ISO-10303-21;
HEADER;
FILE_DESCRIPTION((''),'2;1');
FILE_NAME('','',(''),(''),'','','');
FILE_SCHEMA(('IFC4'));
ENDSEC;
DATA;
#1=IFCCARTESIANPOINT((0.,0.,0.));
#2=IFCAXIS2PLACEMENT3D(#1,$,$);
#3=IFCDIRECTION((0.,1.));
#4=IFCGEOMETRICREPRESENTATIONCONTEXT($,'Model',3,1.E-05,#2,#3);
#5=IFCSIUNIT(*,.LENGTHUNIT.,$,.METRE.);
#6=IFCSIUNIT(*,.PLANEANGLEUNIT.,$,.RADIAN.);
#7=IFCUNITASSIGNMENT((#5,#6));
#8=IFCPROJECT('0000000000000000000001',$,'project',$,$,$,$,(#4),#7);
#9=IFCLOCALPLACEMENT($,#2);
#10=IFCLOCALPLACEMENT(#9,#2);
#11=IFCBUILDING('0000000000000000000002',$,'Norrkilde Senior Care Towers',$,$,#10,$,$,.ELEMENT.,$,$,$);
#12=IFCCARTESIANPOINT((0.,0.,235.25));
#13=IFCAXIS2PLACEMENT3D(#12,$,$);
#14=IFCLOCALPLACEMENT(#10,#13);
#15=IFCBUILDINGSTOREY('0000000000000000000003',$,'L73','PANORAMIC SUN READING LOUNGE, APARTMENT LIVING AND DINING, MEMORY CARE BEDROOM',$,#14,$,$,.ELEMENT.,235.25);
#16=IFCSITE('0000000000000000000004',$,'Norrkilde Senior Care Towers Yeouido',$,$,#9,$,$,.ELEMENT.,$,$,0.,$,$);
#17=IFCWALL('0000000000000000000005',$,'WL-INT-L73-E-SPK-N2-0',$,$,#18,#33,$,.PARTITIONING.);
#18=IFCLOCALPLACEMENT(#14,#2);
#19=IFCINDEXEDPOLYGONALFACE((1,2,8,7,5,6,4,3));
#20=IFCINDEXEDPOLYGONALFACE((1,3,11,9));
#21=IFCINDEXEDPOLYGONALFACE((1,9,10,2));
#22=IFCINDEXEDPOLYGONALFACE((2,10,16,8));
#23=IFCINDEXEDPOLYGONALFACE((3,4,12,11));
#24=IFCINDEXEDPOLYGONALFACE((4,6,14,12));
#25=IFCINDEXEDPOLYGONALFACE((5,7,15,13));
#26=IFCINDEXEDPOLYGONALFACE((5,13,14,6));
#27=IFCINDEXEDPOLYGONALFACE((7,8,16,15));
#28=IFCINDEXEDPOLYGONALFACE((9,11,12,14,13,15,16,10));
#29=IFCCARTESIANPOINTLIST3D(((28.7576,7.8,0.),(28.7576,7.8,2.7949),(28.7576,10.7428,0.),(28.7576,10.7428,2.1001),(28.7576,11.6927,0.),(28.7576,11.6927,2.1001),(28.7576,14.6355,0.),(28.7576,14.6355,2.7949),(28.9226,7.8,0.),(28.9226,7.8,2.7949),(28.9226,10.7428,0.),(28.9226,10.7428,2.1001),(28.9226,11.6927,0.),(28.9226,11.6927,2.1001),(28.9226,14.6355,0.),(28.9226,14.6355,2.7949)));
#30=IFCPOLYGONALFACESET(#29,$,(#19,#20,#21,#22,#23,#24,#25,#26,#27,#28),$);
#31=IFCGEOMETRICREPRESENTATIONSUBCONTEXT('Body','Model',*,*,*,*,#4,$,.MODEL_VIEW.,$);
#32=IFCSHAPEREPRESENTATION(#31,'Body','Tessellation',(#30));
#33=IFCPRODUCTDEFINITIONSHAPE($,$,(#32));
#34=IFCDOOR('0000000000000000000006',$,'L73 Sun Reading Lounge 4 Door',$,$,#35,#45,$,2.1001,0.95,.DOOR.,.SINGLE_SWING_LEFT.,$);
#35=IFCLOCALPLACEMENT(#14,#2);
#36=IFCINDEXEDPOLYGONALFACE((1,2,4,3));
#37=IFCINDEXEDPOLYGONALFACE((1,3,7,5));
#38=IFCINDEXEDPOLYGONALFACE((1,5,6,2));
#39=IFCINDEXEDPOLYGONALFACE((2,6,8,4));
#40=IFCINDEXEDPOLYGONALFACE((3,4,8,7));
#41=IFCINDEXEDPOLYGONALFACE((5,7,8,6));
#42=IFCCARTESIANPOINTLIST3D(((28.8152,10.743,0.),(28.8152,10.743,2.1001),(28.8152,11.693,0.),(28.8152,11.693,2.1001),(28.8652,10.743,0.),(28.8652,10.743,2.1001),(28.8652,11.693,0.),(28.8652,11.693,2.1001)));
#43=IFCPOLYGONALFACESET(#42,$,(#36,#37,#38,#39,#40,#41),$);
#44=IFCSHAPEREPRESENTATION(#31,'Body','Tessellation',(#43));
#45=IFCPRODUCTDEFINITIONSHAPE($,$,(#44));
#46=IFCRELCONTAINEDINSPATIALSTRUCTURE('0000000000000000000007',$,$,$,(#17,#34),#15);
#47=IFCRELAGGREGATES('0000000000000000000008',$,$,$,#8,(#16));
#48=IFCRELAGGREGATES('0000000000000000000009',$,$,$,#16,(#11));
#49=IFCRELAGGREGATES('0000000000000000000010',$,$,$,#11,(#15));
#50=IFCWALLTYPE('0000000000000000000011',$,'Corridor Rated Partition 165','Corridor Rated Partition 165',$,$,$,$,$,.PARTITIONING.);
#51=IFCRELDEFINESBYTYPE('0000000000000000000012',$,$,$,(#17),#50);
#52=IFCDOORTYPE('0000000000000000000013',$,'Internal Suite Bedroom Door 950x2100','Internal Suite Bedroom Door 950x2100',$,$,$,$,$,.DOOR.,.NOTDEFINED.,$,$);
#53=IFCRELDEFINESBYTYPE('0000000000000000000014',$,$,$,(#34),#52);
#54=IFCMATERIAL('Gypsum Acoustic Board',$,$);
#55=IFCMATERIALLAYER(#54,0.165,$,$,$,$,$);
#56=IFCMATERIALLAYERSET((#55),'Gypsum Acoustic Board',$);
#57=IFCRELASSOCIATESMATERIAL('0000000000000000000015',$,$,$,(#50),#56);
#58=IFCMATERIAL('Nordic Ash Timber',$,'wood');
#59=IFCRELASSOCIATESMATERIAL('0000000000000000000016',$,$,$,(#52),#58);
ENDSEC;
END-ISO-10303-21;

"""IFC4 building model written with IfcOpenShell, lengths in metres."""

from ifc_helpers import new_model, si_unit, direction, frame, frame_2d, origin, place, context, subcontext, project, spatial, rectangle, extrude, source, transform, mapped, material, layer, layer_set, type_object, type_shapes, element, fill, save


model = new_model("IFC4")

# Units and contexts
model_context = context("Model", 3, precision=1e-05, world=origin(), true_north=direction((0.0, 1.0)))
body_context = subcontext(model_context, "Body", "Model", "MODEL_VIEW")
ifc_project = project(units=[si_unit("LENGTHUNIT", "METRE"), si_unit("PLANEANGLEUNIT", "RADIAN")], contexts=[model_context])

# Site, building, storey
site_placement = place(None, origin())
site = spatial("IfcSite", under=ifc_project, at=site_placement, Name="Norrkilde Senior Care Towers Yeouido", CompositionType="ELEMENT", RefElevation=0.0)
building_placement = place(site_placement, origin())
building = spatial("IfcBuilding", under=site, at=building_placement, Name="Norrkilde Senior Care Towers", CompositionType="ELEMENT")
storey_placement = place(building_placement, frame((0.0, 0.0, 235.25)))
storey = spatial("IfcBuildingStorey", under=building, at=storey_placement, Name="L73", Description="PANORAMIC SUN READING LOUNGE, APARTMENT LIVING AND DINING, MEMORY CARE BEDROOM", CompositionType="ELEMENT", Elevation=235.25)

# Shared definitions
ifc_material_1 = material(Name="Gypsum Acoustic Board")
ifc_layer_1 = layer(ifc_material_1, 0.165)
ifc_layer_set_1 = layer_set([ifc_layer_1], Name="Gypsum Acoustic Board")
wall_type_1 = type_object("IfcWallType", Name="Corridor Rated Partition 165", Description="Corridor Rated Partition 165", PredefinedType="PARTITIONING", material=ifc_layer_set_1)
ifc_material_2 = material(Name="Nordic Ash Timber", Category="wood")

# Wall, opening, door
shared_shape_1 = source(origin(), body_context, "Body", "SweptSolid", [
    extrude(rectangle(XDim=6.8354, YDim=0.165, at=frame_2d((3.4177, 0.0))), origin(), (0.0, 0.0, 1.0), 2.7949),
])
door_type_1 = type_object("IfcDoorType", Name="Internal Suite Bedroom Door 950x2100", Description="Internal Suite Bedroom Door 950x2100", OperationType="NOTDEFINED", PredefinedType="DOOR", material=ifc_material_2)
shared_shape_2 = source(origin(), body_context, "Body", "SweptSolid", [
    extrude(rectangle(XDim=0.95, YDim=2.1001, at=frame_2d((0.4751, 1.05))), frame((0.0, 0.0249, 0.0), z_axis=(0.0, -1.0, 0.0), x_axis=(1.0, 0.0, 0.0)), (0.0, 0.0, 1.0), 0.05),
])
type_shapes(door_type_1, [shared_shape_2])
wall_1_placement = place(storey_placement, frame((28.8401, 14.6355, 0.0), z_axis=(0.0, 0.0, 1.0), x_axis=(0.0, -1.0, 0.0)))
wall_1 = element("IfcWall", 1, at=wall_1_placement, inside=storey, type_object=wall_type_1, Name="WL-INT-L73-E-SPK-N2-0", PredefinedType="PARTITIONING", context=body_context, shape_type="MappedRepresentation", body=[
    mapped(shared_shape_1, transform((0.0, 0.0, 0.0), x_axis=(1.0, 0.0, 0.0), y_axis=(0.0, 1.0, 0.0), z_axis=(0.0, 0.0, 1.0), scale=1.0)),
])
opening_1_placement = place(wall_1_placement, frame((2.9426, 0.0, 0.0)))
opening_1 = element("IfcOpeningElement", 2, at=opening_1_placement, cuts=wall_1, PredefinedType="OPENING", context=body_context, shape_type="SweptSolid", body=[
    extrude(rectangle(XDim=0.95, YDim=2.1001, at=frame_2d((0.4751, 1.05))), frame((0.0, 0.0925, 0.0), z_axis=(0.0, -1.0, 0.0), x_axis=(1.0, 0.0, 0.0)), (0.0, 0.0, 1.0), 0.1851),
])
door_1_placement = place(opening_1_placement, frame((0.95, 0.0, 0.0), z_axis=(0.0, 0.0, 1.0), x_axis=(-1.0, 0.0, 0.0)))
door_1 = element("IfcDoor", 3, at=door_1_placement, inside=storey, type_object=door_type_1, Name="L73 Sun Reading Lounge 4 Door", OperationType="SINGLE_SWING_LEFT", OverallHeight=2.1001, OverallWidth=0.95, PredefinedType="DOOR", context=body_context, shape_type="MappedRepresentation", body=[
    mapped(shared_shape_2, transform((0.0, 0.0, 0.0), x_axis=(1.0, 0.0, 0.0), y_axis=(0.0, 1.0, 0.0), z_axis=(0.0, 0.0, 1.0), scale=1.0)),
])
fill(opening_1, door_1)

save(model, "model.ifc")
